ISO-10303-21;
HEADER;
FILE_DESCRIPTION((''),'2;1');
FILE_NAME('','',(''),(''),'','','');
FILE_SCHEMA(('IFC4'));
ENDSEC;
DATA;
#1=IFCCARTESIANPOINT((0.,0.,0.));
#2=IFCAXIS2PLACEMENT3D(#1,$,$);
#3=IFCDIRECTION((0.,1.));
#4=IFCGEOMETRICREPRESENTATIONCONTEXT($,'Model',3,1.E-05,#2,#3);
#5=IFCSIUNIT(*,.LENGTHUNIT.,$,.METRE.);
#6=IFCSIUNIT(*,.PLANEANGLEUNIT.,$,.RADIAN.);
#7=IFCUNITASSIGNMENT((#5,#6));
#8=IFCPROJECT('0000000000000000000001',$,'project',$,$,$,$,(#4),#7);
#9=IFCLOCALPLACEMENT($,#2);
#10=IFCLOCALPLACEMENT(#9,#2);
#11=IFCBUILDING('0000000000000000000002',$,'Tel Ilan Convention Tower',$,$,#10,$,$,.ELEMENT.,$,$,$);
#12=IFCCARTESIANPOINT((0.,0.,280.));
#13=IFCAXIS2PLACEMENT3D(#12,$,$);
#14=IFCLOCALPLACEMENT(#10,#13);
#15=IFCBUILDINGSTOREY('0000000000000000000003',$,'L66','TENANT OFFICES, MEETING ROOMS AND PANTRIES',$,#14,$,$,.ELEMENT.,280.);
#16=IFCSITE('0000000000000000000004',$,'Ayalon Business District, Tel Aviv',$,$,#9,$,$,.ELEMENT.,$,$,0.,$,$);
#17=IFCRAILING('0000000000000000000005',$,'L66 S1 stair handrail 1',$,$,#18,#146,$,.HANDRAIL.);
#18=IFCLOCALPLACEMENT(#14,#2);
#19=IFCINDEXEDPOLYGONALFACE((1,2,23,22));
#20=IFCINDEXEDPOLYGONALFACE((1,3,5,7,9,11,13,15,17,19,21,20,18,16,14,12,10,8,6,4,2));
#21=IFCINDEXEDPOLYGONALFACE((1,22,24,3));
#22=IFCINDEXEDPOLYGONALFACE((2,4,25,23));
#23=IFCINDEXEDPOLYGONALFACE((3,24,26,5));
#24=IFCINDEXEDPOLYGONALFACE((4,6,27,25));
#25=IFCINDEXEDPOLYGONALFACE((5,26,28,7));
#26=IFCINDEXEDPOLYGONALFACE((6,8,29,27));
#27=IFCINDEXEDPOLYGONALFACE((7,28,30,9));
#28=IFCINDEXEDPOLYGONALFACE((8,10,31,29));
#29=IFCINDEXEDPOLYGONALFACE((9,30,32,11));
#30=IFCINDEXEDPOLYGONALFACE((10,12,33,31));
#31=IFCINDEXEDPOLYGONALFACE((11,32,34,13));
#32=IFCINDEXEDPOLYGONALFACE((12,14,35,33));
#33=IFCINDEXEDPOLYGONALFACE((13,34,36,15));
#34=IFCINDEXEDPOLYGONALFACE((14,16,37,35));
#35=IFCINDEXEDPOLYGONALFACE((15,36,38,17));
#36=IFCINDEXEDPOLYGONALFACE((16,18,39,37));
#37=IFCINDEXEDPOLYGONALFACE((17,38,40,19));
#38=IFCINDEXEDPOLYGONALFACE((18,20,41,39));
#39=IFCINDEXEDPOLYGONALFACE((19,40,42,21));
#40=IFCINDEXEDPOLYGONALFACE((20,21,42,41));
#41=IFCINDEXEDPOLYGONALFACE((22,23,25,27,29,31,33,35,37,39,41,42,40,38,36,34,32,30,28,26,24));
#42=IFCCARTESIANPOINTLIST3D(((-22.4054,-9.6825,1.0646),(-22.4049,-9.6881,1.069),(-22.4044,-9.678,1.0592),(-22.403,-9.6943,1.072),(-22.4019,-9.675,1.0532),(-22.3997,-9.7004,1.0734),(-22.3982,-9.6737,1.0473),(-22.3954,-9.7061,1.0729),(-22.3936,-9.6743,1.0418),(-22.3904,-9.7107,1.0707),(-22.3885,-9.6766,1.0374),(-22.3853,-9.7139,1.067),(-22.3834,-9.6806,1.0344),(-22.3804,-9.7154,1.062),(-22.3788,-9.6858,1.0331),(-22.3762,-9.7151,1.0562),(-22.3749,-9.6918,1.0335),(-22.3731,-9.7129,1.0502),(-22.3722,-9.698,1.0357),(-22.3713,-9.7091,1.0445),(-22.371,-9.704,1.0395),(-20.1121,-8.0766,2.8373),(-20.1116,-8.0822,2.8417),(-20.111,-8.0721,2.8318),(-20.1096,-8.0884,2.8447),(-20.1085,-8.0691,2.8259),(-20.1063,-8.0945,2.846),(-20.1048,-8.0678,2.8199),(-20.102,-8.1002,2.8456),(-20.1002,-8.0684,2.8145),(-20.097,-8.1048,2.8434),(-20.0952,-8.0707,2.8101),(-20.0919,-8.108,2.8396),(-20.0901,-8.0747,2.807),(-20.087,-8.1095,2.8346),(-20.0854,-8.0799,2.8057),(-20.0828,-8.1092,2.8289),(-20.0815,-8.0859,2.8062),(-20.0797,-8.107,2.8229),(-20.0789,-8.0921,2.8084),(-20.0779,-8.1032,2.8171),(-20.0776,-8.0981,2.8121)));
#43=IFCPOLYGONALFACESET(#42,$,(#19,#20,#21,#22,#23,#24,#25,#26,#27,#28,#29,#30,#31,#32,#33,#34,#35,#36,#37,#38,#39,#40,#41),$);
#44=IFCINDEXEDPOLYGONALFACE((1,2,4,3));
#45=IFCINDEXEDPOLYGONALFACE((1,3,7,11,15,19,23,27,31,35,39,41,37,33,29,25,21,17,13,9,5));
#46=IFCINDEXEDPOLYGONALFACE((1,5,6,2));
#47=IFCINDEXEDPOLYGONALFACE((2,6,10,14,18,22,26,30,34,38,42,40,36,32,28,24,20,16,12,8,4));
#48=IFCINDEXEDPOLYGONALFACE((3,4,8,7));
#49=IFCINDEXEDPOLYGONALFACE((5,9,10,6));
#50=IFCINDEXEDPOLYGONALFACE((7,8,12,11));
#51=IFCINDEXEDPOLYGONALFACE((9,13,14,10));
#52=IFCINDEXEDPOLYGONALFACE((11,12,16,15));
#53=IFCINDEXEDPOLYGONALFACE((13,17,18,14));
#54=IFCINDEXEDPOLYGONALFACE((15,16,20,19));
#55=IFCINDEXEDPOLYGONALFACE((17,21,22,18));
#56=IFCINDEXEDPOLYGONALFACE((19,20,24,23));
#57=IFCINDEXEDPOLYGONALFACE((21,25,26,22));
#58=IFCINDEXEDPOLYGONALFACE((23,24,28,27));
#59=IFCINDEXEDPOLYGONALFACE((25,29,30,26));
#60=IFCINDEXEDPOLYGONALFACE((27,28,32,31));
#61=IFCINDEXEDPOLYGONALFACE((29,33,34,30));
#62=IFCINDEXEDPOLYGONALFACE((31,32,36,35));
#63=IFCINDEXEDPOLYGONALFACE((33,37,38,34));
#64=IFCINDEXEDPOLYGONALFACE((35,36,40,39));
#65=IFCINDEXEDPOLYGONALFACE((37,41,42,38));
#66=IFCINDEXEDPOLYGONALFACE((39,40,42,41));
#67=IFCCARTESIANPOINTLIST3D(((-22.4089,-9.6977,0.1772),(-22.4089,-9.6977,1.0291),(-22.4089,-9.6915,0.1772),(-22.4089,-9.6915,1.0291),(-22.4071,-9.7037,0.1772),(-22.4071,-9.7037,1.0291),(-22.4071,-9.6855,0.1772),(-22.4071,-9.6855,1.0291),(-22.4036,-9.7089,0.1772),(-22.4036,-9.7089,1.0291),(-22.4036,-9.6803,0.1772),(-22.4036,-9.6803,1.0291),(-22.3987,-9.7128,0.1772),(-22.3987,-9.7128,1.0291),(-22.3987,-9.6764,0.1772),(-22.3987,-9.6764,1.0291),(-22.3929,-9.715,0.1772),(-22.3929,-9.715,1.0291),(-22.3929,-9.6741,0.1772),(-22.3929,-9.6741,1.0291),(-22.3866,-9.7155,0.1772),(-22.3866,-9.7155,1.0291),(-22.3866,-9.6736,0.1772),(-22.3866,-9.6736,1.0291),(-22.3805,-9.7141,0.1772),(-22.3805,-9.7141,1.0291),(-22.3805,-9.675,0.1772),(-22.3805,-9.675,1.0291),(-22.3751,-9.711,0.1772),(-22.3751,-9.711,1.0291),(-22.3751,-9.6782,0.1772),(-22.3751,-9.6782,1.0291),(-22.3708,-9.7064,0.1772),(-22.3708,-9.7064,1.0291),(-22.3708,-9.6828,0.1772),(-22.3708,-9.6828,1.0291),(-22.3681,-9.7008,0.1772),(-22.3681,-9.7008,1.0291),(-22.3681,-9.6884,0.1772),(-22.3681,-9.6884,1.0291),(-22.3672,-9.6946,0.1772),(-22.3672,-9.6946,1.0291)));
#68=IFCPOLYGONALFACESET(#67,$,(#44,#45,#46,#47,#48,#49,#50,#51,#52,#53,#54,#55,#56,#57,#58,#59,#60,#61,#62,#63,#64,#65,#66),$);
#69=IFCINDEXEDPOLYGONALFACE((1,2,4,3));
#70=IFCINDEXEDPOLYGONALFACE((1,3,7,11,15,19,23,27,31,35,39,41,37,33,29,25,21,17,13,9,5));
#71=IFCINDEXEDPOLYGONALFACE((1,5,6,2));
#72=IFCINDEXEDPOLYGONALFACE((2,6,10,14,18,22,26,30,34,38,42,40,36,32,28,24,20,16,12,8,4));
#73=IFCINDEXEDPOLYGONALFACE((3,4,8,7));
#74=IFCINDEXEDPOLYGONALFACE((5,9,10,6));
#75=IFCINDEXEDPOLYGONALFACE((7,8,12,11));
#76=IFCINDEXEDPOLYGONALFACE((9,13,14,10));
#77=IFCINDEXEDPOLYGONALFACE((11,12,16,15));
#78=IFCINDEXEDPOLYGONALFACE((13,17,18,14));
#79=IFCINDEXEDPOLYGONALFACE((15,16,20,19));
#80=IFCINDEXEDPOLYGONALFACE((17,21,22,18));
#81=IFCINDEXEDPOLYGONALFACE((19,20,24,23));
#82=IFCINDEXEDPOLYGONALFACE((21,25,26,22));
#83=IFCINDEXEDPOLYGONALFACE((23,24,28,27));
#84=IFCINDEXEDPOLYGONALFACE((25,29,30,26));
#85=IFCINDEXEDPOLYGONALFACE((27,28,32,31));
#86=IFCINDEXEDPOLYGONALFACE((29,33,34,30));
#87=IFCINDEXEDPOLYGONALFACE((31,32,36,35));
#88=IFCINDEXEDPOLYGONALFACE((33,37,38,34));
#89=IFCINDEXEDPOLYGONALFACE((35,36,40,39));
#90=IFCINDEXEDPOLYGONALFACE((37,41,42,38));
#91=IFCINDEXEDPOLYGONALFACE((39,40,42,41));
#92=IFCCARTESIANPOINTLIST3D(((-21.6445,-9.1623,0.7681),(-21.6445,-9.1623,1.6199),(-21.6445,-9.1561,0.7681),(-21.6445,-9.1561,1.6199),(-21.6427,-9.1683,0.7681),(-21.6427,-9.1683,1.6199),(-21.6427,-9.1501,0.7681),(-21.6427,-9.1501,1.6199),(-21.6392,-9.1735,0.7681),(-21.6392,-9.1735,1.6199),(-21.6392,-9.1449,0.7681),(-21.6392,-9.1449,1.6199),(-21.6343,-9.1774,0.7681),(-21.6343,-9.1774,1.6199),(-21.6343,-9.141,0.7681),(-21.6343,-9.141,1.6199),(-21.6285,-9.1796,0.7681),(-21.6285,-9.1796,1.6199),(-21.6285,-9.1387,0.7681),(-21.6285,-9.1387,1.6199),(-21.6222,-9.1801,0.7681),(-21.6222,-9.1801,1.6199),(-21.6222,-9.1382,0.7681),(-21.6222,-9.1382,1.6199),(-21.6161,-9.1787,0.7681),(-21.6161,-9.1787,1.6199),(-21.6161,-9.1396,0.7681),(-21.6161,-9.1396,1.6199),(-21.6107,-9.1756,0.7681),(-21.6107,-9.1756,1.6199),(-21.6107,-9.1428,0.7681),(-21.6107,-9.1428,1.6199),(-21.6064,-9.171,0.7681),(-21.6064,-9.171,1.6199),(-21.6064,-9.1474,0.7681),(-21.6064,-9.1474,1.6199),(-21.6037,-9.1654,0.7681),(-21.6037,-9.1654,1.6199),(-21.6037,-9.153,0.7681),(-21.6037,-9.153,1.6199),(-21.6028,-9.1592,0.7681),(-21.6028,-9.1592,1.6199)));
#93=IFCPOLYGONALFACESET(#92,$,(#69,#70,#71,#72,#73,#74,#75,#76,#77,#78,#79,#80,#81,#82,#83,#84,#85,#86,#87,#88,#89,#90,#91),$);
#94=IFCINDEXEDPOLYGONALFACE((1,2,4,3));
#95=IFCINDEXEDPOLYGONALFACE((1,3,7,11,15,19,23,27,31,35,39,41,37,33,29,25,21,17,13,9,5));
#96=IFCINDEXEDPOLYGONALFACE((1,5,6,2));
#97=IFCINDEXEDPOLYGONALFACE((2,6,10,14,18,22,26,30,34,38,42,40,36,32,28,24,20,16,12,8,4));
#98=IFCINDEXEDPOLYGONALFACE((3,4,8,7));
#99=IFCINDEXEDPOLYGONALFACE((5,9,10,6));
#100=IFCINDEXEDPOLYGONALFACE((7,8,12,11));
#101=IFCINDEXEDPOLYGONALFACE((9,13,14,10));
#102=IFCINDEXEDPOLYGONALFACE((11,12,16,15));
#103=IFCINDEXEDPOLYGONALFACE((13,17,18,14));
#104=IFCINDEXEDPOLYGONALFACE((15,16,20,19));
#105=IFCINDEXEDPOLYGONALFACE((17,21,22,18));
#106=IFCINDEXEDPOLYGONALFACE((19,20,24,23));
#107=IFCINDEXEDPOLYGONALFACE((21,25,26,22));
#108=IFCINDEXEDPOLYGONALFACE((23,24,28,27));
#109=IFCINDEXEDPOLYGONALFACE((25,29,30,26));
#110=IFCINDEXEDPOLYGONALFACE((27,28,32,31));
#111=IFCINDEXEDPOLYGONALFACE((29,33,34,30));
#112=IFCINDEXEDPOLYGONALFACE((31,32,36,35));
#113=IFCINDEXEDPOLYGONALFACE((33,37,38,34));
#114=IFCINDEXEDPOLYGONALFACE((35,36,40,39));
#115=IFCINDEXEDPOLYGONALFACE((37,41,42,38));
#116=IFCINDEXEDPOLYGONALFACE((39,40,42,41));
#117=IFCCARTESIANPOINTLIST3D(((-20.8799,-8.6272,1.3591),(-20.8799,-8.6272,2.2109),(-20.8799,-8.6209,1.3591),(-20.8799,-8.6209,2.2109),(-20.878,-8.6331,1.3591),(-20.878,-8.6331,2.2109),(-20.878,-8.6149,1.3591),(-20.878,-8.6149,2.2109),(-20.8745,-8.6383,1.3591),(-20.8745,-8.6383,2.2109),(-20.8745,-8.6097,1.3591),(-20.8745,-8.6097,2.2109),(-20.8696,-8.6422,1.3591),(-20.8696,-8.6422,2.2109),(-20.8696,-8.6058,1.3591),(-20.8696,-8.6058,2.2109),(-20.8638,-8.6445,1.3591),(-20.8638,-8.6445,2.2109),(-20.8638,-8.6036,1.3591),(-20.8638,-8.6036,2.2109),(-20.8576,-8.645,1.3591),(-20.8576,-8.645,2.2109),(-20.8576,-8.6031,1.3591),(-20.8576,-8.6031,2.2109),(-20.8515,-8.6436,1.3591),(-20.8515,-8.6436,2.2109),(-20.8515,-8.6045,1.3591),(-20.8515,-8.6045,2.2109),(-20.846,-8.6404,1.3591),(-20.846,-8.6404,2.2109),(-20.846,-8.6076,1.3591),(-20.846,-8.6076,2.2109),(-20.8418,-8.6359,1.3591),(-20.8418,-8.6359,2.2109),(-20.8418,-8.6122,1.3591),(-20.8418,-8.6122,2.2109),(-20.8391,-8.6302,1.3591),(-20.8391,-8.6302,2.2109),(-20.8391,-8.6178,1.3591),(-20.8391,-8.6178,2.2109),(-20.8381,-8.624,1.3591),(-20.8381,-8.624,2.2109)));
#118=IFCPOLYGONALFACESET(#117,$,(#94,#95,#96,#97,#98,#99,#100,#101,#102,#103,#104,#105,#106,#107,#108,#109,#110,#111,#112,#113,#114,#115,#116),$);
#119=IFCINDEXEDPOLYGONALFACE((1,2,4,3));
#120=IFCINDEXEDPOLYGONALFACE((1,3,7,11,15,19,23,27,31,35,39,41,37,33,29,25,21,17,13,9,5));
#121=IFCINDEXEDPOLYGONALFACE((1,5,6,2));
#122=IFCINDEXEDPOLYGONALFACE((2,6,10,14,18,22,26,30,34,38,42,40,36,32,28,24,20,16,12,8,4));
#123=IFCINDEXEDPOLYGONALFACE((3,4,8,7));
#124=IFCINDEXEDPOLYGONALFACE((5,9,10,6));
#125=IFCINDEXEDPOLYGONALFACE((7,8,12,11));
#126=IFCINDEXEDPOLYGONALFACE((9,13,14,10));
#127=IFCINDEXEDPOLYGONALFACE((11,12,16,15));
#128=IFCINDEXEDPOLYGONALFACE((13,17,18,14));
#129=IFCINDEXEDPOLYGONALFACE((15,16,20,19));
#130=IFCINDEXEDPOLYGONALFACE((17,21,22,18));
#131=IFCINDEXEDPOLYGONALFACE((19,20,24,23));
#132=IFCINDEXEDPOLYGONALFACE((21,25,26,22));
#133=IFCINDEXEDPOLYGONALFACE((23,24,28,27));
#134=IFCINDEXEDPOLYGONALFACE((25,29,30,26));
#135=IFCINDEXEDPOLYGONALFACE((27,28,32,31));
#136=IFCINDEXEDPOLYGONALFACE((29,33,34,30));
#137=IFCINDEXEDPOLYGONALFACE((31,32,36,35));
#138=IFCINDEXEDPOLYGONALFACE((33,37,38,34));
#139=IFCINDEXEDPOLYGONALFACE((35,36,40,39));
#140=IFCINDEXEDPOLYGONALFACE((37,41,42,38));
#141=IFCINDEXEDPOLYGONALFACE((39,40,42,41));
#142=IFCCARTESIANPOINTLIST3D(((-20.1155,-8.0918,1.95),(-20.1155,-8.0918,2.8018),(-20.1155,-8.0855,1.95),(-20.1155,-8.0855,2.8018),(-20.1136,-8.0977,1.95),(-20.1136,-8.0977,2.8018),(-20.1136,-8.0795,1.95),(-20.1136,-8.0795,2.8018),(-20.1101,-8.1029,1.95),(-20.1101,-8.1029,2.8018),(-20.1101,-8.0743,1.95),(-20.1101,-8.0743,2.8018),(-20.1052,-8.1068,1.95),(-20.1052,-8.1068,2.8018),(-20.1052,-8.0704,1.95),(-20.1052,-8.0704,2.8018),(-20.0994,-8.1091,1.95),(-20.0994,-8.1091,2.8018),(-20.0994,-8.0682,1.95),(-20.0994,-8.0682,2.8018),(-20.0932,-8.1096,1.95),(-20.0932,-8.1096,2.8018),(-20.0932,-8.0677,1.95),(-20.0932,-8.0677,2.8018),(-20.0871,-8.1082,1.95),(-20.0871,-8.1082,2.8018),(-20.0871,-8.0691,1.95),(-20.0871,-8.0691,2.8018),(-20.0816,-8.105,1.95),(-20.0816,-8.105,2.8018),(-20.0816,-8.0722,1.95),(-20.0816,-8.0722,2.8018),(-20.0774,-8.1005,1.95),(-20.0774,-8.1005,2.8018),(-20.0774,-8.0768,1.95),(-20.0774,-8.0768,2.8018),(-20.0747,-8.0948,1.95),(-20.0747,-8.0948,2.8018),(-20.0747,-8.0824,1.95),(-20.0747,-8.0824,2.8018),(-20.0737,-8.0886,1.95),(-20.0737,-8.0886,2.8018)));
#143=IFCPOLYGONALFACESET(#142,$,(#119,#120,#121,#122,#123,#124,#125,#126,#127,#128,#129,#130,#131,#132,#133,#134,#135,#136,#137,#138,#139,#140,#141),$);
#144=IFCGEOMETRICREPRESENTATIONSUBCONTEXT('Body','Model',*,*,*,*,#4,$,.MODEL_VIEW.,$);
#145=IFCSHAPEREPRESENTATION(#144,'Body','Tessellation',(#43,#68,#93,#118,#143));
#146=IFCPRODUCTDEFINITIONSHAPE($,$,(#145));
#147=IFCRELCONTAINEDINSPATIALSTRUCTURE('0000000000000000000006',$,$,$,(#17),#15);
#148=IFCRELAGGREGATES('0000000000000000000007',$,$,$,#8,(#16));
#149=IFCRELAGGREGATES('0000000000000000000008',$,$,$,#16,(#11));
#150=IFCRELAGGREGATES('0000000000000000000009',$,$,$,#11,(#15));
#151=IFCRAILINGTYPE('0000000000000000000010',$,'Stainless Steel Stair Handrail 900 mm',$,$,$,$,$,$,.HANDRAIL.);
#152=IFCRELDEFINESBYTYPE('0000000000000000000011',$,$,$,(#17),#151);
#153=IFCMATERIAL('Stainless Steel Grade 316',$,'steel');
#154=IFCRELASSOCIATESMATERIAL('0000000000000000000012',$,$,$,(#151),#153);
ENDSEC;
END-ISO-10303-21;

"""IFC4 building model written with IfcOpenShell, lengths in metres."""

from ifc_helpers import new_model, si_unit, direction, frame, origin, origin_2d, place, context, subcontext, project, spatial, circle, extrude, material, type_object, element, save


model = new_model("IFC4")

# Units and contexts
model_context = context("Model", 3, precision=1e-05, world=origin(), true_north=direction((0.0, 1.0)))
body_context = subcontext(model_context, "Body", "Model", "MODEL_VIEW")
ifc_project = project(units=[si_unit("LENGTHUNIT", "METRE"), si_unit("PLANEANGLEUNIT", "RADIAN")], contexts=[model_context])

# Site, building, storey
site_placement = place(None, origin())
site = spatial("IfcSite", under=ifc_project, at=site_placement, Name="Ayalon Business District, Tel Aviv", CompositionType="ELEMENT", RefElevation=0.0)
building_placement = place(site_placement, origin())
building = spatial("IfcBuilding", under=site, at=building_placement, Name="Tel Ilan Convention Tower", CompositionType="ELEMENT")
storey_placement = place(building_placement, frame((0.0, 0.0, 280.0)))
storey = spatial("IfcBuildingStorey", under=building, at=storey_placement, Name="L66", Description="TENANT OFFICES, MEETING ROOMS AND PANTRIES", CompositionType="ELEMENT", Elevation=280.0)

# Railing
ifc_material_1 = material(Name="Stainless Steel Grade 316", Category="steel")
railing_type_1 = type_object("IfcRailingType", Name="Stainless Steel Stair Handrail 900 mm", PredefinedType="HANDRAIL", material=ifc_material_1)
railing_1_placement = place(storey_placement, frame((-22.3882, -9.6946, 0.1772)))
element("IfcRailing", 1, at=railing_1_placement, inside=storey, type_object=railing_type_1, Name="L66 S1 stair handrail 1", PredefinedType="HANDRAIL", context=body_context, shape_type="SweptSolid", body=[
    extrude(circle(Radius=0.0239, at=origin_2d()), frame((0.0, 0.0, 0.876), z_axis=(0.692085, 0.484621, 0.53494), x_axis=(-0.573591, 0.819142, 0.0)), (0.0, 0.0, 1.0), 3.3137),
    extrude(circle(Radius=0.021, at=origin_2d()), origin(), (0.0, 0.0, 1.0), 0.8518),
    extrude(circle(Radius=0.021, at=origin_2d()), frame((0.7644, 0.5354, 0.5908)), (0.0, 0.0, 1.0), 0.8518),
    extrude(circle(Radius=0.021, at=origin_2d()), frame((1.5291, 1.0706, 1.1819)), (0.0, 0.0, 1.0), 0.8518),
    extrude(circle(Radius=0.021, at=origin_2d()), frame((2.2935, 1.606, 1.7727)), (0.0, 0.0, 1.0), 0.8518),
])

save(model, "model.ifc")
